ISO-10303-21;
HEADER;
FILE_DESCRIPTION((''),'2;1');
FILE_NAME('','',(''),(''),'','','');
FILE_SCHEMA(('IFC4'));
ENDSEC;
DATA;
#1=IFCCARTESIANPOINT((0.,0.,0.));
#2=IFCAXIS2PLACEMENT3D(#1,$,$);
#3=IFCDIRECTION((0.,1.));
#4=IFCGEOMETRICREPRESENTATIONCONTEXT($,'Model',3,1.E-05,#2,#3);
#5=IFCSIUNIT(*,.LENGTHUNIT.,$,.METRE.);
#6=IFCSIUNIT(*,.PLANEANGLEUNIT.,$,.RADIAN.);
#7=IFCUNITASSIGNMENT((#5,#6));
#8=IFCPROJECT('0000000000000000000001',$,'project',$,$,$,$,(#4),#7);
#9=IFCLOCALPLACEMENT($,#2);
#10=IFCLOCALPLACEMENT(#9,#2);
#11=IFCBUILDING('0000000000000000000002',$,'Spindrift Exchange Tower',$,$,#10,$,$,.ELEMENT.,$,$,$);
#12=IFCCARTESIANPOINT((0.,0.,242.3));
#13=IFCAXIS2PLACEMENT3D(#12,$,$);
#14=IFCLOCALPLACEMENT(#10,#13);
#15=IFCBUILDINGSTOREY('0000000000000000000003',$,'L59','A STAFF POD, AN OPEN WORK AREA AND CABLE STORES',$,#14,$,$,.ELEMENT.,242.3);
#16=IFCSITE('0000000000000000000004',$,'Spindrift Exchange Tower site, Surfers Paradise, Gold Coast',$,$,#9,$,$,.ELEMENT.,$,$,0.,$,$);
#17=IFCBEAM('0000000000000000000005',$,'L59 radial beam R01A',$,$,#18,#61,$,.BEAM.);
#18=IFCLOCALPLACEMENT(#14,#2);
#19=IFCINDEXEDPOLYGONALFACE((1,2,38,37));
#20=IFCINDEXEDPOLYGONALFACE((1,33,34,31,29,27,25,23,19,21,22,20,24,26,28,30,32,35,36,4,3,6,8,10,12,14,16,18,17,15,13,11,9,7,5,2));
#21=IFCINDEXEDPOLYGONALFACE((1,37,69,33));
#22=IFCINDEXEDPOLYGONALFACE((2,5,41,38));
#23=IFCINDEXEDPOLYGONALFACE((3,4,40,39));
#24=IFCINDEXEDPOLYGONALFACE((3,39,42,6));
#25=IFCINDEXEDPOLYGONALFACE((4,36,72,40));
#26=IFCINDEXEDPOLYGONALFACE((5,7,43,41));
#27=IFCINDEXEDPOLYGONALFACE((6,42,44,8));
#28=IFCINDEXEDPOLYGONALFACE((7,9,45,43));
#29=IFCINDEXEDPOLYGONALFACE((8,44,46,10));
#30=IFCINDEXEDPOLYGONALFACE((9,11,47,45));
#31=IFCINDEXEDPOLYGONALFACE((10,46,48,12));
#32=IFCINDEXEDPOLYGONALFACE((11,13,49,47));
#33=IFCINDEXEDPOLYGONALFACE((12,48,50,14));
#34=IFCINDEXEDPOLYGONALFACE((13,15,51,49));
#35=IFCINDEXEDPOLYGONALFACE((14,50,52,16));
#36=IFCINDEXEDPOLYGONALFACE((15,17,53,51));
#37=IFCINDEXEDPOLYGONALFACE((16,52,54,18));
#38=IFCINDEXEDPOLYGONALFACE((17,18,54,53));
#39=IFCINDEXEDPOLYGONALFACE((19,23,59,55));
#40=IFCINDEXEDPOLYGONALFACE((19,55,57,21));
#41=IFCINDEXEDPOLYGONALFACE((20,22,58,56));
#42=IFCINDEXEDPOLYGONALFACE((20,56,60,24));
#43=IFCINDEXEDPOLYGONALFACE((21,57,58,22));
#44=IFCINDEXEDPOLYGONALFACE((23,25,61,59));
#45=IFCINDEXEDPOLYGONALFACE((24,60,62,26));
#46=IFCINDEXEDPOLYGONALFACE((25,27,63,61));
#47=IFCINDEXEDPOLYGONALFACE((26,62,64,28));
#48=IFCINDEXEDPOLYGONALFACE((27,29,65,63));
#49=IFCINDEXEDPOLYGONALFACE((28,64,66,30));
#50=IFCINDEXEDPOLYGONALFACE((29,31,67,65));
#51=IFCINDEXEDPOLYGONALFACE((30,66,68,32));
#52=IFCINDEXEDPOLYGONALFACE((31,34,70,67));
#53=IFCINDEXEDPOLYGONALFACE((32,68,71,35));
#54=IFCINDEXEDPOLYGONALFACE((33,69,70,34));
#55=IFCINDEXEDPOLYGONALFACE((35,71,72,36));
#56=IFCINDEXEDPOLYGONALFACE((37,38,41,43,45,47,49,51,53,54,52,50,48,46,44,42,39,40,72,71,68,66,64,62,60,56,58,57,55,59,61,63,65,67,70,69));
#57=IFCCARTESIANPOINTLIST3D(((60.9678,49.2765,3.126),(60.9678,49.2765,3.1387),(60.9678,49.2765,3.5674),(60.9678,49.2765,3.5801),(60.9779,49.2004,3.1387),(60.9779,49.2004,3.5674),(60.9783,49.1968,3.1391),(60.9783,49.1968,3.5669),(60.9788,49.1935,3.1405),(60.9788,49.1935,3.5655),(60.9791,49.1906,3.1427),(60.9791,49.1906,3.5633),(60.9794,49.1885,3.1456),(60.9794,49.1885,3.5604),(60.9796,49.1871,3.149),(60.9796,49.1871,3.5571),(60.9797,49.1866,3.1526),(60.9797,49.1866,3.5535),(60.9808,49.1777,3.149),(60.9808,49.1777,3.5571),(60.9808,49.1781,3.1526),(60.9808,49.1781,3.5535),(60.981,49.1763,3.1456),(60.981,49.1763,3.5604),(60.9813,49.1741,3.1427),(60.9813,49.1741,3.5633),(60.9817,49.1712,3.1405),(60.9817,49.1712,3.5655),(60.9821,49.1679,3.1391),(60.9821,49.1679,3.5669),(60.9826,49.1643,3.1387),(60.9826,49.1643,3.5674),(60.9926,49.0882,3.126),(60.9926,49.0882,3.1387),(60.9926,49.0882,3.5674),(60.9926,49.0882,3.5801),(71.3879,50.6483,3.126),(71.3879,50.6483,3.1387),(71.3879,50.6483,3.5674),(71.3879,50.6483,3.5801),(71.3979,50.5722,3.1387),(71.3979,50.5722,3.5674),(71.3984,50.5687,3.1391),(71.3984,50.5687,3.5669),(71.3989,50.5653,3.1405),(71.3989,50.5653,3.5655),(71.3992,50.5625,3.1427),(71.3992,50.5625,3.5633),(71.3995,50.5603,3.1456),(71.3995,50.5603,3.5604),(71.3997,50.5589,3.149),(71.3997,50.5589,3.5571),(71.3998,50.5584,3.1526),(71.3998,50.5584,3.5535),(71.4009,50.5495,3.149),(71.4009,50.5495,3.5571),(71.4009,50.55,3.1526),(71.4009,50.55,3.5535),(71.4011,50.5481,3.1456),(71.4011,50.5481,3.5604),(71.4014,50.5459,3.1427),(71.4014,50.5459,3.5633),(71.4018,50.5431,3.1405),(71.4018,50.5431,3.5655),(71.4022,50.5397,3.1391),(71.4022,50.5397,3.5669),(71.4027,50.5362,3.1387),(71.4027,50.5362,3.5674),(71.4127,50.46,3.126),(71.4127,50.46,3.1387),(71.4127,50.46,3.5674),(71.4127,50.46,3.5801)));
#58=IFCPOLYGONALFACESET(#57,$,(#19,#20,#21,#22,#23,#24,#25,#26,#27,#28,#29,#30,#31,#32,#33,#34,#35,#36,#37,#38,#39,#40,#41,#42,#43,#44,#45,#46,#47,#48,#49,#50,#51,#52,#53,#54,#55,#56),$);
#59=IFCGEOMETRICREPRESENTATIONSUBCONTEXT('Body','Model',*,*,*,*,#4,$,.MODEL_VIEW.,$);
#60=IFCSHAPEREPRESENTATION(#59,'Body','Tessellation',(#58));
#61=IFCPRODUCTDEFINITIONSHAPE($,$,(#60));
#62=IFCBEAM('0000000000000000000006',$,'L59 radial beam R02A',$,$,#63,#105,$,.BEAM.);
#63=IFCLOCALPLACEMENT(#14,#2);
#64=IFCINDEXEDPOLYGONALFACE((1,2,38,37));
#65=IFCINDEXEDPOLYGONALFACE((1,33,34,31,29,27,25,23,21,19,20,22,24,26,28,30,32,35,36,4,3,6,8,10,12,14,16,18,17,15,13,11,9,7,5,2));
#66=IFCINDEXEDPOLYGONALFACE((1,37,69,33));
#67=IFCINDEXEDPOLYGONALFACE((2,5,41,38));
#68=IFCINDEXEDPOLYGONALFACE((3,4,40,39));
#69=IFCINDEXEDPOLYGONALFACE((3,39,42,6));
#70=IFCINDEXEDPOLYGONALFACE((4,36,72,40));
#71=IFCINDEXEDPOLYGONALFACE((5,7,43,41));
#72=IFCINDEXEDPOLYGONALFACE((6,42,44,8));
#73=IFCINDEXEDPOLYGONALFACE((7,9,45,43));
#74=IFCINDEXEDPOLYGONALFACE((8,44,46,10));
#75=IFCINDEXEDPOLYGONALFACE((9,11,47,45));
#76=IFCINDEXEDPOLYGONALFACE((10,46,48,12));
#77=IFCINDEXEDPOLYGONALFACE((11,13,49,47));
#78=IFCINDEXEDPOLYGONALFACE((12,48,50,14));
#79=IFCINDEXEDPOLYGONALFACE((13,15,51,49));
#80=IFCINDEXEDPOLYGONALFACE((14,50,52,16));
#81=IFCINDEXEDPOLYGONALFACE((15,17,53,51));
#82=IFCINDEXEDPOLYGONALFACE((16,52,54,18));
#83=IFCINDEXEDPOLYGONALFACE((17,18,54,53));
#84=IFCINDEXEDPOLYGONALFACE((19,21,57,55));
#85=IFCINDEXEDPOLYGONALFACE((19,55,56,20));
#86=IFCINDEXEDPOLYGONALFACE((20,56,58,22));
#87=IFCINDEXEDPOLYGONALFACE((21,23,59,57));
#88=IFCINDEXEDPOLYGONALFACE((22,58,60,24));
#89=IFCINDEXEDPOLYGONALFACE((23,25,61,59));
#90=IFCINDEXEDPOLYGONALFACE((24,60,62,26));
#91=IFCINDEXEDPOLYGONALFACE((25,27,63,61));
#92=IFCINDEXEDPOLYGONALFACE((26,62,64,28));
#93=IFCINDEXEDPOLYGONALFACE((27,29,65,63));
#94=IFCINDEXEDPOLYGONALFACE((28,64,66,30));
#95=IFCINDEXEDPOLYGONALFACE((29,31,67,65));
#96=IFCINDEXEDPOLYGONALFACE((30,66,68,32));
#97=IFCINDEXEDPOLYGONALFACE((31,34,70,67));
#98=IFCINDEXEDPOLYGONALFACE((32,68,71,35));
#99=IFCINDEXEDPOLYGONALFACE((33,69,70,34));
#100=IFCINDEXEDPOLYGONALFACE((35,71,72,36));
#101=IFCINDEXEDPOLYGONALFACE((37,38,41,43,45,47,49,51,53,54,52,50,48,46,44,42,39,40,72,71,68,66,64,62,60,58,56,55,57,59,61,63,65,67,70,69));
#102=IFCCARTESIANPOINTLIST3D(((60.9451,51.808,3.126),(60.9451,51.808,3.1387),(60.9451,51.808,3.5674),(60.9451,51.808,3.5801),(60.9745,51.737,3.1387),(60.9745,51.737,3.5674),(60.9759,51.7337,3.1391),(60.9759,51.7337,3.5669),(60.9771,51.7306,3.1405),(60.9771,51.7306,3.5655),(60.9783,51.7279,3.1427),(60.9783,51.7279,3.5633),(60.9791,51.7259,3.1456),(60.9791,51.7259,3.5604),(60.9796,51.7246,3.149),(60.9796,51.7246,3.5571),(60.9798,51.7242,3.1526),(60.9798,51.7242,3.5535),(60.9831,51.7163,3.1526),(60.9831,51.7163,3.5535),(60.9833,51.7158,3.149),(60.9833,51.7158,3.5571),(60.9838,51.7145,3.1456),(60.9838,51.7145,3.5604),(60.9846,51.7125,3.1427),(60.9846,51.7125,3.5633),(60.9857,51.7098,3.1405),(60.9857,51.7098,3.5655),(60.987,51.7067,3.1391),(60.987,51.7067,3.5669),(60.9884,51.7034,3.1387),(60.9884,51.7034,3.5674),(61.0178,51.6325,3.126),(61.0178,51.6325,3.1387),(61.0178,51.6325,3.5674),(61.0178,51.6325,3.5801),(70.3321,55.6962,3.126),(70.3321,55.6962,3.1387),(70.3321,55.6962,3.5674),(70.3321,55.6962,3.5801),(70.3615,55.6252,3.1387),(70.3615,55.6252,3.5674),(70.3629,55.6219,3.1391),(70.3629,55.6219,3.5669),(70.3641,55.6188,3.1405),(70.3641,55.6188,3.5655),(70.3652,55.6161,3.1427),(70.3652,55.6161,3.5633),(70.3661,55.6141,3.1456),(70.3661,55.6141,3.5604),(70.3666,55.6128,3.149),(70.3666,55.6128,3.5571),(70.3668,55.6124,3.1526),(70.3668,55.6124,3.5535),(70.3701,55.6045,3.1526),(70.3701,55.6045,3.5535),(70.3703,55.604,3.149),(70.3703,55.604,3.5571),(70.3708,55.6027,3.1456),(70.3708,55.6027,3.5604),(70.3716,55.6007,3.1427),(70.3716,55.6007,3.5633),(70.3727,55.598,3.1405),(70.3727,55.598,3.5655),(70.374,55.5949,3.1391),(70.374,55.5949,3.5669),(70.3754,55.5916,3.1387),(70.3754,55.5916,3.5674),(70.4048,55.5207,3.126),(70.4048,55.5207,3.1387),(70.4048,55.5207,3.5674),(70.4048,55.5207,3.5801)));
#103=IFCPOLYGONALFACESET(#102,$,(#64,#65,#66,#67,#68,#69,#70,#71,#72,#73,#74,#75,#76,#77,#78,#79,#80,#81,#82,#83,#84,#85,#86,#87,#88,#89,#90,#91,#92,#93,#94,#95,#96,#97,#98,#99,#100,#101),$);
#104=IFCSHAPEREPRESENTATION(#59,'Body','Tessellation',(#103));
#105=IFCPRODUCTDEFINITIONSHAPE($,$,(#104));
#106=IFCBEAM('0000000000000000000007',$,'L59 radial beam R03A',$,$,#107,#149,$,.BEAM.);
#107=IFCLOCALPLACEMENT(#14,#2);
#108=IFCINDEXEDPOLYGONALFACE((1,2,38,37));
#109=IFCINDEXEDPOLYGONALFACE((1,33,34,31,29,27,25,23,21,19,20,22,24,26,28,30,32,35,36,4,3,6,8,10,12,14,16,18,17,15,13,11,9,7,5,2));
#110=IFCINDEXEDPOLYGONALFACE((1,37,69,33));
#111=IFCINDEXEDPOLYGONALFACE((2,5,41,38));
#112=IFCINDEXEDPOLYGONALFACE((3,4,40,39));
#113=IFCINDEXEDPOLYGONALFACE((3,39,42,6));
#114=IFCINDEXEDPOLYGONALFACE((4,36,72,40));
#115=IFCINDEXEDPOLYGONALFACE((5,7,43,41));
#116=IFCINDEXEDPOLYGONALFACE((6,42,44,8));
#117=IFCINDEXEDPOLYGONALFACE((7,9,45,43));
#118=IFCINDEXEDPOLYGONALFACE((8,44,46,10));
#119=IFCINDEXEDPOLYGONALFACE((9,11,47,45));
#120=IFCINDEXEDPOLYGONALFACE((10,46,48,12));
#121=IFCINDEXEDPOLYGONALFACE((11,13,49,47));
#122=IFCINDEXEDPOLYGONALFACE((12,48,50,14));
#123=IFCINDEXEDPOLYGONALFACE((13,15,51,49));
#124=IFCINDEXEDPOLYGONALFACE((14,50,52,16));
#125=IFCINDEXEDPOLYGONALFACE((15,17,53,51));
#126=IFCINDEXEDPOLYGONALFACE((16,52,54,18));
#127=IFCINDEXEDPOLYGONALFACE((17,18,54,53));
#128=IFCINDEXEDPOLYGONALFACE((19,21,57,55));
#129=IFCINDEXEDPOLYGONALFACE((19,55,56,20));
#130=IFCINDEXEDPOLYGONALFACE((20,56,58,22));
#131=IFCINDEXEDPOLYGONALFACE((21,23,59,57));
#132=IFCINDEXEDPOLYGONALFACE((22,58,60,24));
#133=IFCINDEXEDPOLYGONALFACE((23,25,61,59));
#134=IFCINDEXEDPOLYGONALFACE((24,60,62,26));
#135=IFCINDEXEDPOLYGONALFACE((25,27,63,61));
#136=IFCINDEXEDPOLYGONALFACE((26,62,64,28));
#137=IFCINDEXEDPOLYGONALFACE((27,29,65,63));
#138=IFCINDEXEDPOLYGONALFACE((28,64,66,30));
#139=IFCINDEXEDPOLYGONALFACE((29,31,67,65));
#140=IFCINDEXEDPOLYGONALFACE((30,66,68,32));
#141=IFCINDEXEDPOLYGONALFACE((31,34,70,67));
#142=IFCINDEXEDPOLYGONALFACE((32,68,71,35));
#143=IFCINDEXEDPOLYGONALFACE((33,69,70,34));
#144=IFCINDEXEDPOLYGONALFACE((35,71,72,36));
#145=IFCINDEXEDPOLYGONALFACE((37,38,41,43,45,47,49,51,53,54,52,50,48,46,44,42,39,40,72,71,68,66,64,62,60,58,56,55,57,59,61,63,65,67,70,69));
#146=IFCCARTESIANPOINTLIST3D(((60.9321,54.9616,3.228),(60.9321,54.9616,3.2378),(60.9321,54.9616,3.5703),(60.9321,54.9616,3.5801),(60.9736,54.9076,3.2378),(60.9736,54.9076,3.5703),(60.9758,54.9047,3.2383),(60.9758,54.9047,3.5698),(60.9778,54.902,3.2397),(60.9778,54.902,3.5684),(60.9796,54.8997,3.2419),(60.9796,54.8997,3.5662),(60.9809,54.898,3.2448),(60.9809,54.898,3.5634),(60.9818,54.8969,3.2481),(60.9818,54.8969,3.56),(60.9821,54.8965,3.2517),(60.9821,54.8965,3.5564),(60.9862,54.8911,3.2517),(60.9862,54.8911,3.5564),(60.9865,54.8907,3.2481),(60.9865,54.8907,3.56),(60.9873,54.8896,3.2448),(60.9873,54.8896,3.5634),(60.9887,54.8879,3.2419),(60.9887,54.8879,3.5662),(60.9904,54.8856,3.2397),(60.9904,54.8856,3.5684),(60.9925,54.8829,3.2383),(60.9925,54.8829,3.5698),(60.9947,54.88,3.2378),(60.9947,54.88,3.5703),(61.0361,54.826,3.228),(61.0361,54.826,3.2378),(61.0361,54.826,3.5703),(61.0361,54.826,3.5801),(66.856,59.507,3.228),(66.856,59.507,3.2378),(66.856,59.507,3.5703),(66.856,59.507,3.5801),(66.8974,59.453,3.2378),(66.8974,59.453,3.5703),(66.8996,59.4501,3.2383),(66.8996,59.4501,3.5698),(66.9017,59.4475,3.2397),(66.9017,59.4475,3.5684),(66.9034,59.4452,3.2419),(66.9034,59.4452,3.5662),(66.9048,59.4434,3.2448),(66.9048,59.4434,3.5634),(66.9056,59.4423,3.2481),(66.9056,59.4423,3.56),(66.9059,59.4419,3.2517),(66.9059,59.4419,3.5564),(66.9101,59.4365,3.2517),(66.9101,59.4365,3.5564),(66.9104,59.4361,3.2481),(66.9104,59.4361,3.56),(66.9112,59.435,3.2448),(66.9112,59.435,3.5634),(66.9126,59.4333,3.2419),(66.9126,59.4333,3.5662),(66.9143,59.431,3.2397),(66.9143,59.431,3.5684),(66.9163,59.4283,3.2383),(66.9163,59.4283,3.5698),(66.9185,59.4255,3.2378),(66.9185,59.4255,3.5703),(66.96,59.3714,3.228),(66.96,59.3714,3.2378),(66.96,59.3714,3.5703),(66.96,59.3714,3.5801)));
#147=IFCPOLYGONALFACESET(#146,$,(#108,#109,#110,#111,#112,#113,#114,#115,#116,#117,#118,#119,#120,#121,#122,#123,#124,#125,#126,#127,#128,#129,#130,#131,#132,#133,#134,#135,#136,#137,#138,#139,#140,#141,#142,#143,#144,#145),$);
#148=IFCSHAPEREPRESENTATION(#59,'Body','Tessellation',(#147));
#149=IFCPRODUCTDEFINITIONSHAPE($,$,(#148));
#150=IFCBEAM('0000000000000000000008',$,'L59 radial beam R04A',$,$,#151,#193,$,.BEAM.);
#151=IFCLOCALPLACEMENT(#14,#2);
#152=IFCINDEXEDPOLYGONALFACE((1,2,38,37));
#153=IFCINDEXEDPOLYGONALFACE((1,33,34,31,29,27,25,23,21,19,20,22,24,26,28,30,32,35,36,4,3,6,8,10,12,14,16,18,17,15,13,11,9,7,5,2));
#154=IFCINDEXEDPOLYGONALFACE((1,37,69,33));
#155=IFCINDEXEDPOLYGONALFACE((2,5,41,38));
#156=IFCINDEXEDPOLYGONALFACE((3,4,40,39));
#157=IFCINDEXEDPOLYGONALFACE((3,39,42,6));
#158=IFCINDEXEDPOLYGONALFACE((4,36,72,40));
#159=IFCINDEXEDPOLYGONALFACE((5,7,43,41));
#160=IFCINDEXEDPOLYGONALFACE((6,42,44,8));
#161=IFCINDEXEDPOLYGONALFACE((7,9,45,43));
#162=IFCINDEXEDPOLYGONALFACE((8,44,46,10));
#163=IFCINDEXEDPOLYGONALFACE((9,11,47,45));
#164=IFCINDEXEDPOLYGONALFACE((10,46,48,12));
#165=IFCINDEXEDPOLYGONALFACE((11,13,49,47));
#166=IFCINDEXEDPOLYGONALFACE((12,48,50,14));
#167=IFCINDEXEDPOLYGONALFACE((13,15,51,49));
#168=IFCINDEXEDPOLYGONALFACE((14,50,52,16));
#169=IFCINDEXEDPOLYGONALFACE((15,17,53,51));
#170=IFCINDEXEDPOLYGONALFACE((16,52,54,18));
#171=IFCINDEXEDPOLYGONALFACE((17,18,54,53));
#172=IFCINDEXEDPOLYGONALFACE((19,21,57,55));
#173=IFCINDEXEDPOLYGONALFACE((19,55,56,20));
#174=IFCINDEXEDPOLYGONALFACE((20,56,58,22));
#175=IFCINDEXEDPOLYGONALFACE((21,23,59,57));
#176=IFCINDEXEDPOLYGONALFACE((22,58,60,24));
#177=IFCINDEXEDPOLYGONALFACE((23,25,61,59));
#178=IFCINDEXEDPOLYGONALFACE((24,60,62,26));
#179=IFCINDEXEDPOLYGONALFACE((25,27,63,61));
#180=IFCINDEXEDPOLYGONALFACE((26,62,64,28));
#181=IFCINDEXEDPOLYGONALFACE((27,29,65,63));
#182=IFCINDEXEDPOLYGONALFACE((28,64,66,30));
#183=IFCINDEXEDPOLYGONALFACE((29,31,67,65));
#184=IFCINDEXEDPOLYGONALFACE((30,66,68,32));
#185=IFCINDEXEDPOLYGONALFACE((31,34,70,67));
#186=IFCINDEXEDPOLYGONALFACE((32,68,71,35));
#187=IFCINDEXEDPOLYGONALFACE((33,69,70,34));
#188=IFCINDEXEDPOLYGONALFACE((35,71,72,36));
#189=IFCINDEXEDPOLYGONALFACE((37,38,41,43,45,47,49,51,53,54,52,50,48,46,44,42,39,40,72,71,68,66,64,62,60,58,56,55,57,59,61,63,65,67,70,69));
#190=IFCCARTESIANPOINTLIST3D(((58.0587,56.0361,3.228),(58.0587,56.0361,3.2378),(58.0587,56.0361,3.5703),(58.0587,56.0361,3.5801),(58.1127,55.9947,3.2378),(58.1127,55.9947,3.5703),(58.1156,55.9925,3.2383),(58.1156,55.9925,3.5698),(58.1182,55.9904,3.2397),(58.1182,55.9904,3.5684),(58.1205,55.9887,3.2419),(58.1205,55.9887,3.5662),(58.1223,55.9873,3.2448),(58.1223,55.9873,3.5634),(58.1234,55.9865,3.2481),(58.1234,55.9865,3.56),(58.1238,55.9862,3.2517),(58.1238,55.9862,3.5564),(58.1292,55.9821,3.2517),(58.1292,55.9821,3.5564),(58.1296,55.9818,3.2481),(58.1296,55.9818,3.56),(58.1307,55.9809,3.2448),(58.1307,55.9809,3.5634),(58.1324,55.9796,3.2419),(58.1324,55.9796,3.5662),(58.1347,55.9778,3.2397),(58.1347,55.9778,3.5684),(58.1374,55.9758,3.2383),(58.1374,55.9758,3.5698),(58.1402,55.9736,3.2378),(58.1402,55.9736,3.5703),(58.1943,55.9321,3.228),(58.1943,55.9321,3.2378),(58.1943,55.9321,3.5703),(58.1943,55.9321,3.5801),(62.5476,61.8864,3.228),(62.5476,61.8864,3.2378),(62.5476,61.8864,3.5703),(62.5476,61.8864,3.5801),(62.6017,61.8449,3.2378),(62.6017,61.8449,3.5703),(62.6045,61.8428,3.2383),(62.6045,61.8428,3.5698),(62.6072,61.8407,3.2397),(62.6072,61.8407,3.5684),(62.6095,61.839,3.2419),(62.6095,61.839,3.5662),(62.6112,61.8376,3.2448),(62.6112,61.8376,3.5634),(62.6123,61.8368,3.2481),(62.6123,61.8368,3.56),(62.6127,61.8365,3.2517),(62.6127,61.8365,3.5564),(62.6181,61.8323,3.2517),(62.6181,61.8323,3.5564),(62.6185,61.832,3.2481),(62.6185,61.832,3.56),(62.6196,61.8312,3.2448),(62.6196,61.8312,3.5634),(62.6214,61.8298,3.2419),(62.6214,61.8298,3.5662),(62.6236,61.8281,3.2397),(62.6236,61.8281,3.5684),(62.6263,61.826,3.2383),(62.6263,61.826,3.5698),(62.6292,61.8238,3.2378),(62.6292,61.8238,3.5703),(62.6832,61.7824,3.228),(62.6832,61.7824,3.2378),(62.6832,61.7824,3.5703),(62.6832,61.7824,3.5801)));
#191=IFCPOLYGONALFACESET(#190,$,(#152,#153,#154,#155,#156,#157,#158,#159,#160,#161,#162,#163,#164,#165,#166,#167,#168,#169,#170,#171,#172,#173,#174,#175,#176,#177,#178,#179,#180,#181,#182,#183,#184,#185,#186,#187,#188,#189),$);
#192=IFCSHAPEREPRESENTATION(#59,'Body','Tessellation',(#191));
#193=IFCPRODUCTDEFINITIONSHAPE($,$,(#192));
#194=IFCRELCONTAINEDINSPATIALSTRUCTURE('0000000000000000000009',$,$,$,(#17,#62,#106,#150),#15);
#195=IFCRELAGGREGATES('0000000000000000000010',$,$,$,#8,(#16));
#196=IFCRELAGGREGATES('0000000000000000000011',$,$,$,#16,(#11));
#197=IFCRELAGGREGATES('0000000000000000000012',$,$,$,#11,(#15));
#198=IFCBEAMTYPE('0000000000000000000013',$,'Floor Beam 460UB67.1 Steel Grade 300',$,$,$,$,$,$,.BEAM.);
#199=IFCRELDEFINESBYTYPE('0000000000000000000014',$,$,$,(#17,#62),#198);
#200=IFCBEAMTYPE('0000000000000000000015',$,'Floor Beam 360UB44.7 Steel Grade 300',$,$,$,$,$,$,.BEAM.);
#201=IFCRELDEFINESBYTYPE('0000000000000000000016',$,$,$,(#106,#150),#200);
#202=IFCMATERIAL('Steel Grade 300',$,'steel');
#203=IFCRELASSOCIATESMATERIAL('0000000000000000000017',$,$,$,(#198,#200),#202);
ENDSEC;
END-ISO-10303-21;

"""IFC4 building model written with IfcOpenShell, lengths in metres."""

from ifc_helpers import new_model, si_unit, direction, frame, origin, origin_2d, place, context, subcontext, project, spatial, i_section, extrude, source, transform, mapped, material, material_profile, profile_set, type_object, element, save


model = new_model("IFC4")

# Units and contexts
model_context = context("Model", 3, precision=1e-05, world=origin(), true_north=direction((0.0, 1.0)))
body_context = subcontext(model_context, "Body", "Model", "MODEL_VIEW")
ifc_project = project(units=[si_unit("LENGTHUNIT", "METRE"), si_unit("PLANEANGLEUNIT", "RADIAN")], contexts=[model_context])

# Site, building, storey
site_placement = place(None, origin())
site = spatial("IfcSite", under=ifc_project, at=site_placement, Name="Spindrift Exchange Tower site, Surfers Paradise, Gold Coast", CompositionType="ELEMENT", RefElevation=0.0)
building_placement = place(site_placement, origin())
building = spatial("IfcBuilding", under=site, at=building_placement, Name="Spindrift Exchange Tower", CompositionType="ELEMENT")
storey_placement = place(building_placement, frame((0.0, 0.0, 242.3)))
storey = spatial("IfcBuildingStorey", under=building, at=storey_placement, Name="L59", Description="A STAFF POD, AN OPEN WORK AREA AND CABLE STORES", CompositionType="ELEMENT", Elevation=242.3)

# Beams
ifc_material_1 = material(Name="Steel Grade 300", Category="steel")
ifc_material_profile_1 = material_profile(ifc_material_1, i_section(OverallWidth=0.1899, OverallDepth=0.4541, WebThickness=0.0085, FlangeThickness=0.0127, FilletRadius=0.0139, at=origin_2d()), Name="460UB67.1")
ifc_profile_set_1 = profile_set([ifc_material_profile_1], Name="Steel Grade 300")
beam_type_1 = type_object("IfcBeamType", Name="Floor Beam 460UB67.1 Steel Grade 300", PredefinedType="BEAM", material=ifc_profile_set_1)
shared_shape_1 = source(origin(), body_context, "Body", "SweptSolid", [
    extrude(i_section(OverallWidth=0.1899, OverallDepth=0.4541, WebThickness=0.0085, FlangeThickness=0.0127, FilletRadius=0.0139, at=origin_2d()), origin(), (0.0, 0.0, 1.0), 10.51),
])
beam_1_placement = place(storey_placement, frame((60.9802, 49.1824, 3.353), z_axis=(0.991445, 0.130525, 0.0), x_axis=(-0.130525, 0.991445, 0.0)))
element("IfcBeam", 1, at=beam_1_placement, inside=storey, type_object=beam_type_1, Name="L59 radial beam R01A", PredefinedType="BEAM", context=body_context, shape_type="MappedRepresentation", body=[
    mapped(shared_shape_1, transform((0.0, 0.0, 0.0), scale=1.0)),
])
shared_shape_2 = source(origin(), body_context, "Body", "SweptSolid", [
    extrude(i_section(OverallWidth=0.1899, OverallDepth=0.4541, WebThickness=0.0085, FlangeThickness=0.0127, FilletRadius=0.0139, at=origin_2d()), origin(), (0.0, 0.0, 1.0), 10.1604),
])
beam_2_placement = place(storey_placement, frame((60.9814, 51.7202, 3.353), z_axis=(0.92388, 0.382681, 0.0), x_axis=(-0.382681, 0.92388, 0.0)))
element("IfcBeam", 2, at=beam_2_placement, inside=storey, type_object=beam_type_1, Name="L59 radial beam R02A", PredefinedType="BEAM", context=body_context, shape_type="MappedRepresentation", body=[
    mapped(shared_shape_2, transform((0.0, 0.0, 0.0), scale=1.0)),
])
ifc_material_profile_2 = material_profile(ifc_material_1, i_section(OverallWidth=0.1709, OverallDepth=0.3521, WebThickness=0.0068, FlangeThickness=0.0098, FilletRadius=0.0139, at=origin_2d()), Name="360UB44.7")
ifc_profile_set_2 = profile_set([ifc_material_profile_2], Name="Steel Grade 300")
beam_type_2 = type_object("IfcBeamType", Name="Floor Beam 360UB44.7 Steel Grade 300", PredefinedType="BEAM", material=ifc_profile_set_2)
shared_shape_3 = source(origin(), body_context, "Body", "SweptSolid", [
    extrude(i_section(OverallWidth=0.1709, OverallDepth=0.3521, WebThickness=0.0068, FlangeThickness=0.0098, FilletRadius=0.0139, at=origin_2d()), origin(), (0.0, 0.0, 1.0), 7.4668),
])
beam_3_placement = place(storey_placement, frame((60.9841, 54.8938, 3.4041), z_axis=(0.79336, 0.608753, 0.0), x_axis=(-0.608753, 0.79336, 0.0)))
element("IfcBeam", 3, at=beam_3_placement, inside=storey, type_object=beam_type_2, Name="L59 radial beam R03A", PredefinedType="BEAM", context=body_context, shape_type="MappedRepresentation", body=[
    mapped(shared_shape_3, transform((0.0, 0.0, 0.0), scale=1.0)),
])
shared_shape_4 = source(origin(), body_context, "Body", "SweptSolid", [
    extrude(i_section(OverallWidth=0.1709, OverallDepth=0.3521, WebThickness=0.0068, FlangeThickness=0.0098, FilletRadius=0.0139, at=origin_2d()), origin(), (0.0, 0.0, 1.0), 7.374),
])
beam_4_placement = place(storey_placement, frame((58.1265, 55.9841, 3.4041), z_axis=(0.608752, 0.793361, 0.0), x_axis=(-0.793361, 0.608752, 0.0)))
element("IfcBeam", 4, at=beam_4_placement, inside=storey, type_object=beam_type_2, Name="L59 radial beam R04A", PredefinedType="BEAM", context=body_context, shape_type="MappedRepresentation", body=[
    mapped(shared_shape_4, transform((0.0, 0.0, 0.0), scale=1.0)),
])

save(model, "model.ifc")
